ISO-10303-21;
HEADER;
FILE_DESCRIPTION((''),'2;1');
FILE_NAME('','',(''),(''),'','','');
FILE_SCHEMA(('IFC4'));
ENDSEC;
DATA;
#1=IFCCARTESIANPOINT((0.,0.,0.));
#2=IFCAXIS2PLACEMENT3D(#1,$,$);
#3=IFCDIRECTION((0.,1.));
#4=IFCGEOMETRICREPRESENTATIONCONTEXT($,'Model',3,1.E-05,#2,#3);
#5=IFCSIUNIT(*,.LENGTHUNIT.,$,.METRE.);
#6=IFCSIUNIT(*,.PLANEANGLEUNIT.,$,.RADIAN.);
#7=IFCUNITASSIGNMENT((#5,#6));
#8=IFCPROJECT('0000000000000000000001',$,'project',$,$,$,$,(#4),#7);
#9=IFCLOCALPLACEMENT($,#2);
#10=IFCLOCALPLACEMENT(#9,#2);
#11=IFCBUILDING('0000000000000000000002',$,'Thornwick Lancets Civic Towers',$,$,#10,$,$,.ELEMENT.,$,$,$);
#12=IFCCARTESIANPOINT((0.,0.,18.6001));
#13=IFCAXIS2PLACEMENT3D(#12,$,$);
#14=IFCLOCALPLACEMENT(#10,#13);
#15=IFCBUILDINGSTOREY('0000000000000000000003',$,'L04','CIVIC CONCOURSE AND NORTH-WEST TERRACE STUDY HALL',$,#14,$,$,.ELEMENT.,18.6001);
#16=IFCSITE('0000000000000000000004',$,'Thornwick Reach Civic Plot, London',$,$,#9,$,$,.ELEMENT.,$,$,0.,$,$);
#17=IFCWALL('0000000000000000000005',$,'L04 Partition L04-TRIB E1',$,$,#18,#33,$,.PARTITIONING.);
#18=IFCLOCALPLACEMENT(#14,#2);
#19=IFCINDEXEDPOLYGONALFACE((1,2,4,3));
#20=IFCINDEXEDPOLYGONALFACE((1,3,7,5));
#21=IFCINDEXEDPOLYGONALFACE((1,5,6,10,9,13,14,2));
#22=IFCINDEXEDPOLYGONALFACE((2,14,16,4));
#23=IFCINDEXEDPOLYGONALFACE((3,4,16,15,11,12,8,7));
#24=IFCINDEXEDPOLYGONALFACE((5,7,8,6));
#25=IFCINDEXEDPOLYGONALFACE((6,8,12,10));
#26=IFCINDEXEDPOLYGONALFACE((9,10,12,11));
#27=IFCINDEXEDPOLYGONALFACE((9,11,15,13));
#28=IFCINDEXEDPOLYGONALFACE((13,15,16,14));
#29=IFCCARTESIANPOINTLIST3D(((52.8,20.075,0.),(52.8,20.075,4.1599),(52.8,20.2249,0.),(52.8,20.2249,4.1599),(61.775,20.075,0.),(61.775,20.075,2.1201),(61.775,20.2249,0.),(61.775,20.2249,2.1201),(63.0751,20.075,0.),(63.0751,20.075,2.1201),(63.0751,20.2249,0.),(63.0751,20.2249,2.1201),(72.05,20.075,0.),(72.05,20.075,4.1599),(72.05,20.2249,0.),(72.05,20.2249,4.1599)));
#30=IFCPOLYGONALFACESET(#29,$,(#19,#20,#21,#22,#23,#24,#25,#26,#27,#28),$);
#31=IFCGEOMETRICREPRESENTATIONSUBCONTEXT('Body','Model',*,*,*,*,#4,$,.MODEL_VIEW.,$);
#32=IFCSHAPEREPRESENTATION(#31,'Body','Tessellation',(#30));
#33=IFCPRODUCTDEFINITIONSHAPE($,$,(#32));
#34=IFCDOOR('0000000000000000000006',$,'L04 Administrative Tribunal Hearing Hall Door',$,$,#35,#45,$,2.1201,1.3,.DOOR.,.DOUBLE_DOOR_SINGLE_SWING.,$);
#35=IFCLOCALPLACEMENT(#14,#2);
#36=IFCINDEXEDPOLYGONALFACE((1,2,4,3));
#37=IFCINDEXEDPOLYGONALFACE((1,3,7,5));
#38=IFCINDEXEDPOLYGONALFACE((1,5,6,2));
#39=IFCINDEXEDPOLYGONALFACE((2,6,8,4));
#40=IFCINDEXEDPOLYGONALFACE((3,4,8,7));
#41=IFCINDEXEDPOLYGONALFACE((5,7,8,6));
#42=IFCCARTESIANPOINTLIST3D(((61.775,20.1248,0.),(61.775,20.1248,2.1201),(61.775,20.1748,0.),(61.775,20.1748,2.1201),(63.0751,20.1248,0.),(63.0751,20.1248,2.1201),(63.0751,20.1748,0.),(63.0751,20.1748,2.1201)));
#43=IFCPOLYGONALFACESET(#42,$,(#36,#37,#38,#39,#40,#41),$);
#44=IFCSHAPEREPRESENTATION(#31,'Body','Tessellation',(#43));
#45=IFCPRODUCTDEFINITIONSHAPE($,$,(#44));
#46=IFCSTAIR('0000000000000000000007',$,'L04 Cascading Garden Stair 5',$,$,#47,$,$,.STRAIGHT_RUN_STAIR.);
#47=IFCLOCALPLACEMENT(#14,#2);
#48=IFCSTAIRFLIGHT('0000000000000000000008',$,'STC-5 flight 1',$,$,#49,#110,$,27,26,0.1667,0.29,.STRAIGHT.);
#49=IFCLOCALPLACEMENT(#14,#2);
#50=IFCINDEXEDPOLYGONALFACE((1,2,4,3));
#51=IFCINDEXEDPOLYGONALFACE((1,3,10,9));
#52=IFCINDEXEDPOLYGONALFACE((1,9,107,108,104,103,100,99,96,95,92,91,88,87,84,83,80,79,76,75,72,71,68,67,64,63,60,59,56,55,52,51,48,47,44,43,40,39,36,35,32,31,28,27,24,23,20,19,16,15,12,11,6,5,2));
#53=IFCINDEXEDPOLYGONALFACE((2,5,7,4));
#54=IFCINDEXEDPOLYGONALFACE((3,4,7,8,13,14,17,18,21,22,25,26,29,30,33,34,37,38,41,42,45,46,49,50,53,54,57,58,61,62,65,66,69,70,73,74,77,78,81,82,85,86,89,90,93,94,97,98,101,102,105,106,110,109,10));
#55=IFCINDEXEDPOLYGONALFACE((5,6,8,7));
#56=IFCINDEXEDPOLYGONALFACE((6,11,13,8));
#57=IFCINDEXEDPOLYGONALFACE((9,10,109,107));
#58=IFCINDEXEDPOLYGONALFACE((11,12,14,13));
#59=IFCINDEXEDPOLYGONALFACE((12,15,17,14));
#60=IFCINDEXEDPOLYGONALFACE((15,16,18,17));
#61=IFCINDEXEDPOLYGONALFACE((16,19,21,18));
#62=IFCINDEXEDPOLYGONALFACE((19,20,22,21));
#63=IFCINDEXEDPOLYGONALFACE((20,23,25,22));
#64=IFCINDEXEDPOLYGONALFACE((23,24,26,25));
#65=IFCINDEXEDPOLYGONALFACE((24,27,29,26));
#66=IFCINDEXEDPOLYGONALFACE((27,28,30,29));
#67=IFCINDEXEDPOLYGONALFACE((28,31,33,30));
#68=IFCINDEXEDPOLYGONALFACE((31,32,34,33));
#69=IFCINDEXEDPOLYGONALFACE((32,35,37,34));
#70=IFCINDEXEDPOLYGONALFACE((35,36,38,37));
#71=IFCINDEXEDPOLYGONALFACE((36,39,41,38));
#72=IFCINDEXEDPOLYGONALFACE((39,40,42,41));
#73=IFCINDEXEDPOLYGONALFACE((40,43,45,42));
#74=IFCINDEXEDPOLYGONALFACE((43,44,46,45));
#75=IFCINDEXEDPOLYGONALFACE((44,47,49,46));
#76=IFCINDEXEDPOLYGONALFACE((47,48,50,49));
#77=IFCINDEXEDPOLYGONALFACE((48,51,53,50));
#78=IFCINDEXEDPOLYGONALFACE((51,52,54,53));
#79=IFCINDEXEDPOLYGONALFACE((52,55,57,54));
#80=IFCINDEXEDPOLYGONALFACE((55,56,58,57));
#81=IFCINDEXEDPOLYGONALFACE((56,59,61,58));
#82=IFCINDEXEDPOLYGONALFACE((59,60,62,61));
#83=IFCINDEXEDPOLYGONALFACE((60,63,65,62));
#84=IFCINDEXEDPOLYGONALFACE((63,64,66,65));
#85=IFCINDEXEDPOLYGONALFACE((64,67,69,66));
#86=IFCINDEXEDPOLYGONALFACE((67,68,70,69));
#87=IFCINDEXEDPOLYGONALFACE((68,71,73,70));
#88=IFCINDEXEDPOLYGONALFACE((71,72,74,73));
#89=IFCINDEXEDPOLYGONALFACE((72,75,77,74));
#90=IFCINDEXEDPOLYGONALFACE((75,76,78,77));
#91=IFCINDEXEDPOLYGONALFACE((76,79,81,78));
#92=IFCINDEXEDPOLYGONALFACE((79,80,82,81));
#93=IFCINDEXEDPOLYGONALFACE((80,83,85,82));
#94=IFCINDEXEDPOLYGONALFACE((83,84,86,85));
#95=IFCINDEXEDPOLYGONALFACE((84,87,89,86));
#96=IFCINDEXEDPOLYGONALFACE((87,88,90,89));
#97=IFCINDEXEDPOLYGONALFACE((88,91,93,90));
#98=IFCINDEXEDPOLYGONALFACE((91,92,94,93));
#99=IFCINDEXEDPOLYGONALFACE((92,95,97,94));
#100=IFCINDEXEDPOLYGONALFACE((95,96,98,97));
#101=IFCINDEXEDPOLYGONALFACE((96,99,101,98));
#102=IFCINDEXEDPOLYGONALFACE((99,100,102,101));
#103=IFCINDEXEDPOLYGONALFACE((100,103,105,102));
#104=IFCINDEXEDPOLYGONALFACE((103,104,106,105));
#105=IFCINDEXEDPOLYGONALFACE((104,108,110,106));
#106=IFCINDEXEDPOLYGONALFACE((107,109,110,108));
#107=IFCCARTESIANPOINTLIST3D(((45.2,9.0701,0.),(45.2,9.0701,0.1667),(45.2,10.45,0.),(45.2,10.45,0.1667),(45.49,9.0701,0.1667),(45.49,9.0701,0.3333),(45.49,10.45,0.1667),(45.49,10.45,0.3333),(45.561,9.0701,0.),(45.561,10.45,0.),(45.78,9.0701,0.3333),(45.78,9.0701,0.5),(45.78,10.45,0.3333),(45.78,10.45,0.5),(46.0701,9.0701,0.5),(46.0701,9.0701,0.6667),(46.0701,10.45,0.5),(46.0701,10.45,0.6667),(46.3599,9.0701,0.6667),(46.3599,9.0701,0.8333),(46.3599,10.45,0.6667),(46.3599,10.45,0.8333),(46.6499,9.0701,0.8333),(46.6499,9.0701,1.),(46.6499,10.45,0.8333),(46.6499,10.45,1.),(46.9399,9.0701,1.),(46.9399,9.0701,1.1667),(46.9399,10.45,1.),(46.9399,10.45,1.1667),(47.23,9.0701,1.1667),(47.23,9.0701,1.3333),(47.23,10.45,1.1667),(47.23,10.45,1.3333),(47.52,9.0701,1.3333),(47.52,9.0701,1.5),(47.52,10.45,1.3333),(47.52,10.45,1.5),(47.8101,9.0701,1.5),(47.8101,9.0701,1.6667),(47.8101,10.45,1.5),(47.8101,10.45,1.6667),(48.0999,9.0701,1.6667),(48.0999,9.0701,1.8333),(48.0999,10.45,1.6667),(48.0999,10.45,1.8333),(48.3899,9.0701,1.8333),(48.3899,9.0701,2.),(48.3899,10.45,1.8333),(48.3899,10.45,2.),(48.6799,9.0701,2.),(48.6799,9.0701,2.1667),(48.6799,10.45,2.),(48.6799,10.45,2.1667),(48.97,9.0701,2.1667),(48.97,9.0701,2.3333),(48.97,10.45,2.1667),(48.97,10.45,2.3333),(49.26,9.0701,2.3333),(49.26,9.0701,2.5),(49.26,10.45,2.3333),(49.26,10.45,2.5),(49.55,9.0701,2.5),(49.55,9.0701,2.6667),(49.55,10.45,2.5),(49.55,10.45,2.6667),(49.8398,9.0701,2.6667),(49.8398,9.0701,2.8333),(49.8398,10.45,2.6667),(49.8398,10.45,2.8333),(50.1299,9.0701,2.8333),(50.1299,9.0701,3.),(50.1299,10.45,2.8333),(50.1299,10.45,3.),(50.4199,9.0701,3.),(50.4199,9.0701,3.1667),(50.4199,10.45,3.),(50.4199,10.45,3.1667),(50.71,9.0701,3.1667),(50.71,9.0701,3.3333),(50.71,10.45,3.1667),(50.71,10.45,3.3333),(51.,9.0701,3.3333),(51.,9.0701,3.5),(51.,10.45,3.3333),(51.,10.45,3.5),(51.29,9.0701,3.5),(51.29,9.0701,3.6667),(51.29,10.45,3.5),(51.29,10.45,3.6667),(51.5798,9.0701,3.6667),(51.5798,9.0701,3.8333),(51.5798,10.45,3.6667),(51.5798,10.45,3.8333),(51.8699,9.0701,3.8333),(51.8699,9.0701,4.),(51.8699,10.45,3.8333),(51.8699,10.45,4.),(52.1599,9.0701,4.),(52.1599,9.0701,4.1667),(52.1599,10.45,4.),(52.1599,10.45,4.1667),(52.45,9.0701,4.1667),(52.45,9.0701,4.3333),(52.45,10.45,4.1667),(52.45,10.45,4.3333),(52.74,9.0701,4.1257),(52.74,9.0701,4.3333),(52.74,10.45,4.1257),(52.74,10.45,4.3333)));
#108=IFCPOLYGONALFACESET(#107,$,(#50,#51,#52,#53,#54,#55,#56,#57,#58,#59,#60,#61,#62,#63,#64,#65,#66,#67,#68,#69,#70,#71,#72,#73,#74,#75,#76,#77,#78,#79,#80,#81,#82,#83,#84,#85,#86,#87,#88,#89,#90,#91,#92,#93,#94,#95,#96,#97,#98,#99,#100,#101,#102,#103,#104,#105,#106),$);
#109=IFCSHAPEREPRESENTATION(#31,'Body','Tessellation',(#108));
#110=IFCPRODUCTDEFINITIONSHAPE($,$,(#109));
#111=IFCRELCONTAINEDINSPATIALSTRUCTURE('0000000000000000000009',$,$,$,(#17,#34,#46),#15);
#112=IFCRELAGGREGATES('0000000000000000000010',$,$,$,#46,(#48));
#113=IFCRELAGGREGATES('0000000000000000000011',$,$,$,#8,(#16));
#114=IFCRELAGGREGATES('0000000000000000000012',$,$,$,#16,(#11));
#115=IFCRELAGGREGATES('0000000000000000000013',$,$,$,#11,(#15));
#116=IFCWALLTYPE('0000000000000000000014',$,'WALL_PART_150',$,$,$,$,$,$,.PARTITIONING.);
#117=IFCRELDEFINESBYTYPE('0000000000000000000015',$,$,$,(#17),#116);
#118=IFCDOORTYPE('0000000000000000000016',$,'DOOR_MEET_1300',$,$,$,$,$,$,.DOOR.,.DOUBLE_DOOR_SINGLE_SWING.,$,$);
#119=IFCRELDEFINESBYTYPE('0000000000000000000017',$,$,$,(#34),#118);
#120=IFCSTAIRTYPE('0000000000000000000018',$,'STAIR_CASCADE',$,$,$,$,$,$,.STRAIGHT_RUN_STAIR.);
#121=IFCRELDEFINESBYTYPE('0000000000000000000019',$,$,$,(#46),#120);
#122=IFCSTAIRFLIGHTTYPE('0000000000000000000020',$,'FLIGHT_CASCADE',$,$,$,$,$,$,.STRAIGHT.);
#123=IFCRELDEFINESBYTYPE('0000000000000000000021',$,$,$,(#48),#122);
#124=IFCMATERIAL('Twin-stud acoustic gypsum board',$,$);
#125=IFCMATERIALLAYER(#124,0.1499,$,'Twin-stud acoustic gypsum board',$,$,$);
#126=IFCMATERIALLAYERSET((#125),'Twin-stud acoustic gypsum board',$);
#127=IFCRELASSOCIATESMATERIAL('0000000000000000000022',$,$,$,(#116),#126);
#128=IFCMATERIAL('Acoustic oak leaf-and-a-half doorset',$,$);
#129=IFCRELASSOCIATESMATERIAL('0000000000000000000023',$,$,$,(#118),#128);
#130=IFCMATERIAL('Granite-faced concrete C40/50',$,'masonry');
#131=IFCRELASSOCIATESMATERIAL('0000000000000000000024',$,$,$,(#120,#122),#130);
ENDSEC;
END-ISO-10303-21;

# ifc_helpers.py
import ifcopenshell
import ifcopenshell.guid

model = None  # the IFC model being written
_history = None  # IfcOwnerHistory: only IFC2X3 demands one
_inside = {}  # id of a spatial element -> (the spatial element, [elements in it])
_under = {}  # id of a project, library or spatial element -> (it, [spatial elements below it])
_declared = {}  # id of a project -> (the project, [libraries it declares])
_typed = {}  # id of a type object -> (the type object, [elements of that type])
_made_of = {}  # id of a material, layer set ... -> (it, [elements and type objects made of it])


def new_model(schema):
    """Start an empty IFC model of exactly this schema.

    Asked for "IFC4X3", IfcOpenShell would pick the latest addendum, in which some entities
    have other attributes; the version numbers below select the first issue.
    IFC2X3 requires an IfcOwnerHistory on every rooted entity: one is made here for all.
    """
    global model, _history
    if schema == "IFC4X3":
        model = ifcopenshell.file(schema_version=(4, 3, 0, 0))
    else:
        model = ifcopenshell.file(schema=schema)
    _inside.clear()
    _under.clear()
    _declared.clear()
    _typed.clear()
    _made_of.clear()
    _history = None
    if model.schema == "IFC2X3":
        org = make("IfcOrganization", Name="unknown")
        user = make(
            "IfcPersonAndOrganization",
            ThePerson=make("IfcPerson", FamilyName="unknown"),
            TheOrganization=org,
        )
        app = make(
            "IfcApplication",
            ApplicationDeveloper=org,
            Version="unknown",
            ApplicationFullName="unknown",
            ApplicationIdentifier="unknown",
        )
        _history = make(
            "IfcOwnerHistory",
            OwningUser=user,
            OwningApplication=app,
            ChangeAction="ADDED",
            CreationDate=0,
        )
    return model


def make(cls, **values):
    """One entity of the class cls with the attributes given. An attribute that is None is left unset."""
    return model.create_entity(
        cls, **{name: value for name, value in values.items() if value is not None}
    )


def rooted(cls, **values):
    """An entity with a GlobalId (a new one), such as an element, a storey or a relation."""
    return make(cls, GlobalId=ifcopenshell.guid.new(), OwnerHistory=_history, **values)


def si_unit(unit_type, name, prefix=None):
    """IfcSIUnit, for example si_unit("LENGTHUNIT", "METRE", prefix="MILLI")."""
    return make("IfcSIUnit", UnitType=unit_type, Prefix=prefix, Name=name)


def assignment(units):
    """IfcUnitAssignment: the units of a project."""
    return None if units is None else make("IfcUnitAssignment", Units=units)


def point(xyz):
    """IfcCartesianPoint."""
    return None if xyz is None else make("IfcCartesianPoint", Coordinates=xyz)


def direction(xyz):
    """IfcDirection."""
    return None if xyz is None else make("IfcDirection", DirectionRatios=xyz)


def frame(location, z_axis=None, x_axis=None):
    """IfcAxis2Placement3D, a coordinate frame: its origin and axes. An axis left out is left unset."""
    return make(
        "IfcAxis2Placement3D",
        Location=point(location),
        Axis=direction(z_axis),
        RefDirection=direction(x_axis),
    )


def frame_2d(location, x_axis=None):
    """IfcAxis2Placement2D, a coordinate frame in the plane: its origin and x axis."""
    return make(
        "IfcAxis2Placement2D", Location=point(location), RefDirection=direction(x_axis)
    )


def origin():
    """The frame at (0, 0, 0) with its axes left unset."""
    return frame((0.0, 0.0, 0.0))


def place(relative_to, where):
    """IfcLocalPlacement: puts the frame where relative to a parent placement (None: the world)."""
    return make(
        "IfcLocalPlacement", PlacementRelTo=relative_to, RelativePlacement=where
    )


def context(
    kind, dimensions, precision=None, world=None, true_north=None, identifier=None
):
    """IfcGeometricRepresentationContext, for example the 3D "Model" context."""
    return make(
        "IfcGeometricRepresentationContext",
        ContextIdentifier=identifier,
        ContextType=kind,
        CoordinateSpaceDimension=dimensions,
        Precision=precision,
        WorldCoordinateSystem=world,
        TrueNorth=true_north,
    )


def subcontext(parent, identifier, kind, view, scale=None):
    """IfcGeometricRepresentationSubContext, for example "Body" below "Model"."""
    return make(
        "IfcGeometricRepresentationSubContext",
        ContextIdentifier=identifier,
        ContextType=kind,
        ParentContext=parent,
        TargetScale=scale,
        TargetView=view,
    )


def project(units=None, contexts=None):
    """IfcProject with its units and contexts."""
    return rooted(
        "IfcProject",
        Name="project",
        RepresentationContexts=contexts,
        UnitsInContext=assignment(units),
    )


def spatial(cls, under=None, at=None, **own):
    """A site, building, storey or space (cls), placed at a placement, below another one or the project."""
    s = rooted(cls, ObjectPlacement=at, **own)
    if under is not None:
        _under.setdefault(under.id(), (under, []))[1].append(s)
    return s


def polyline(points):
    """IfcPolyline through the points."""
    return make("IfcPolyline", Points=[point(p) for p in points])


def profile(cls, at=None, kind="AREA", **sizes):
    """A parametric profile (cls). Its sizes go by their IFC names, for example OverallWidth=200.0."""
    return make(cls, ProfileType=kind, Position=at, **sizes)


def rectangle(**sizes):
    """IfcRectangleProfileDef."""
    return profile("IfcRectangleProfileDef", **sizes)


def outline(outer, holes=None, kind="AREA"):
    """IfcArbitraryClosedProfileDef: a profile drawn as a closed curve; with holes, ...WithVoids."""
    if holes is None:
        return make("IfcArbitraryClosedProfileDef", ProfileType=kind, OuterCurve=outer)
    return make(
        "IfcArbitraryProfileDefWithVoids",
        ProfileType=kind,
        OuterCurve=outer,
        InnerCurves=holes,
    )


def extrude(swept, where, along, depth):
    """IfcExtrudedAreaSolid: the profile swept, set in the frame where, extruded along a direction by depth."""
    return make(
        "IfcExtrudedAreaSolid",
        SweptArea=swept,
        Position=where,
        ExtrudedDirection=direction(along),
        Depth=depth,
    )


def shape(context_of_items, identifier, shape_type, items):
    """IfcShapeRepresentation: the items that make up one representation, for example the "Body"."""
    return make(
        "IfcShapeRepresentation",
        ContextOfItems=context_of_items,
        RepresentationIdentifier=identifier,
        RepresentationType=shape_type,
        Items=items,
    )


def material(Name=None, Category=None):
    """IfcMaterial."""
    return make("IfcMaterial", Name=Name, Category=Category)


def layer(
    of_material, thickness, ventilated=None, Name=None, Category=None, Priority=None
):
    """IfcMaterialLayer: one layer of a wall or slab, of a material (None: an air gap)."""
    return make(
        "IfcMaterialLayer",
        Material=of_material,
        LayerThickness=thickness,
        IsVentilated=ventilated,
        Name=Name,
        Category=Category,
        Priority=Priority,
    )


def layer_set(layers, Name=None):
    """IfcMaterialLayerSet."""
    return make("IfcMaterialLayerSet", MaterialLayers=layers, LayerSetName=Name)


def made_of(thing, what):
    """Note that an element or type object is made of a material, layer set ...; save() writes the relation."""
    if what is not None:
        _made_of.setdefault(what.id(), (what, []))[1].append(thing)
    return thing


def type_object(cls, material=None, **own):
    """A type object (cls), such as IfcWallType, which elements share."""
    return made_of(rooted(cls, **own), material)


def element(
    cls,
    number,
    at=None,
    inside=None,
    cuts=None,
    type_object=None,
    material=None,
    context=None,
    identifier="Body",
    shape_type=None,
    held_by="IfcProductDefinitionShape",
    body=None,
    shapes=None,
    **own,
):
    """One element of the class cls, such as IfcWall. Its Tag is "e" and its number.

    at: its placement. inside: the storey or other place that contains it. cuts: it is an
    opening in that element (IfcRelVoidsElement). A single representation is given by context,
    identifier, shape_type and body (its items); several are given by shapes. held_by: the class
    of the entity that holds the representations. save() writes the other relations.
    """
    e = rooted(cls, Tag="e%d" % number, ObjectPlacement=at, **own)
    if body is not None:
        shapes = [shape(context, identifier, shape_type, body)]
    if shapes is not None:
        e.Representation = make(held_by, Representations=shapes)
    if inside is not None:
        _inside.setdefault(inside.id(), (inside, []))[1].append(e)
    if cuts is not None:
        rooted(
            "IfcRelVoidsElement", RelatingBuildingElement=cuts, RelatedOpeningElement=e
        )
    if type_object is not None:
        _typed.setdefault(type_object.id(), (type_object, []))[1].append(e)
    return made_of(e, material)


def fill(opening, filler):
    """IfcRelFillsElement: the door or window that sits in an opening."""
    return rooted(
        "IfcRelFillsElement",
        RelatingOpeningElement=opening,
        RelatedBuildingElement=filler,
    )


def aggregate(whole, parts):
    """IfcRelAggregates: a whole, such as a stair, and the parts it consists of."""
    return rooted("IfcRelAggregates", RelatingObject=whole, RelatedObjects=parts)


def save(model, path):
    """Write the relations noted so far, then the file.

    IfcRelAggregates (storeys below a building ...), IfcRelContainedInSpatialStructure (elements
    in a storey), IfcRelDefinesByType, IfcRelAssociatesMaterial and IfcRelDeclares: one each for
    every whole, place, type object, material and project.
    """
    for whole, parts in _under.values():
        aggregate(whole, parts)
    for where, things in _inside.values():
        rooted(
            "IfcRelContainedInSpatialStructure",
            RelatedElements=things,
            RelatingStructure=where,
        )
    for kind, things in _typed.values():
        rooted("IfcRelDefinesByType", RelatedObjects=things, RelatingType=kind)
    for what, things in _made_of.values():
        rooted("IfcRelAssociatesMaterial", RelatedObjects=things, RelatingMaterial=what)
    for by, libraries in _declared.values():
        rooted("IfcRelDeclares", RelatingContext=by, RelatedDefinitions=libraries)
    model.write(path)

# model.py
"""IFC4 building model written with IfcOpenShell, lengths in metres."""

from ifc_helpers import new_model, si_unit, direction, frame, frame_2d, origin, place, context, subcontext, project, spatial, polyline, rectangle, outline, extrude, material, layer, layer_set, type_object, element, fill, aggregate, save


model = new_model("IFC4")

# Units and contexts
model_context = context("Model", 3, precision=1e-05, world=origin(), true_north=direction((0.0, 1.0)))
body_context = subcontext(model_context, "Body", "Model", "MODEL_VIEW")
ifc_project = project(units=[si_unit("LENGTHUNIT", "METRE"), si_unit("PLANEANGLEUNIT", "RADIAN")], contexts=[model_context])

# Site, building, storey
site_placement = place(None, origin())
site = spatial("IfcSite", under=ifc_project, at=site_placement, Name="Thornwick Reach Civic Plot, London", CompositionType="ELEMENT", RefElevation=0.0)
building_placement = place(site_placement, origin())
building = spatial("IfcBuilding", under=site, at=building_placement, Name="Thornwick Lancets Civic Towers", CompositionType="ELEMENT")
storey_placement = place(building_placement, frame((0.0, 0.0, 18.6001)))
storey = spatial("IfcBuildingStorey", under=building, at=storey_placement, Name="L04", Description="CIVIC CONCOURSE AND NORTH-WEST TERRACE STUDY HALL", CompositionType="ELEMENT", Elevation=18.6001)

# Wall, opening, door
ifc_material_1 = material(Name="Twin-stud acoustic gypsum board")
ifc_layer_1 = layer(ifc_material_1, 0.1499, Name="Twin-stud acoustic gypsum board")
ifc_layer_set_1 = layer_set([ifc_layer_1], Name="Twin-stud acoustic gypsum board")
wall_type_1 = type_object("IfcWallType", Name="WALL_PART_150", PredefinedType="PARTITIONING", material=ifc_layer_set_1)
wall_1_placement = place(storey_placement, frame((52.8, 20.1499, 0.0), z_axis=(0.0, 0.0, 1.0), x_axis=(1.0, 0.0, 0.0)))
wall_1 = element("IfcWall", 1, at=wall_1_placement, inside=storey, type_object=wall_type_1, Name="L04 Partition L04-TRIB E1", PredefinedType="PARTITIONING", context=body_context, shape_type="SweptSolid", body=[
    extrude(rectangle(XDim=19.25, YDim=0.1499, at=frame_2d((9.625, 0.0))), origin(), (0.0, 0.0, 1.0), 4.1599),
])
opening_1_placement = place(wall_1_placement, frame((8.9751, 0.0, 0.0)))
opening_1 = element("IfcOpeningElement", 2, at=opening_1_placement, cuts=wall_1, PredefinedType="OPENING", context=body_context, shape_type="SweptSolid", body=[
    extrude(rectangle(XDim=1.3, YDim=2.1201, at=frame_2d((0.6499, 1.0601))), frame((0.0, 0.085, 0.0), z_axis=(0.0, -1.0, 0.0), x_axis=(1.0, 0.0, 0.0)), (0.0, 0.0, 1.0), 0.1699),
])
ifc_material_2 = material(Name="Acoustic oak leaf-and-a-half doorset")
door_type_1 = type_object("IfcDoorType", Name="DOOR_MEET_1300", OperationType="DOUBLE_DOOR_SINGLE_SWING", PredefinedType="DOOR", material=ifc_material_2)
door_1_placement = place(opening_1_placement, origin())
door_1 = element("IfcDoor", 3, at=door_1_placement, inside=storey, type_object=door_type_1, Name="L04 Administrative Tribunal Hearing Hall Door", OperationType="DOUBLE_DOOR_SINGLE_SWING", OverallHeight=2.1201, OverallWidth=1.3, PredefinedType="DOOR", context=body_context, shape_type="SweptSolid", body=[
    extrude(rectangle(XDim=1.3, YDim=2.1201, at=frame_2d((0.6499, 1.0601))), frame((0.0, 0.0249, 0.0), z_axis=(0.0, -1.0, 0.0), x_axis=(1.0, 0.0, 0.0)), (0.0, 0.0, 1.0), 0.05),
])
fill(opening_1, door_1)

# Stair, stair flight
ifc_material_3 = material(Name="Granite-faced concrete C40/50", Category="masonry")
stair_type = type_object("IfcStairType", Name="STAIR_CASCADE", PredefinedType="STRAIGHT_RUN_STAIR", material=ifc_material_3)
stair_placement = place(storey_placement, origin())
stair = element("IfcStair", 4, at=stair_placement, inside=storey, type_object=stair_type, Name="L04 Cascading Garden Stair 5", PredefinedType="STRAIGHT_RUN_STAIR")
stair_flight_type = type_object("IfcStairFlightType", Name="FLIGHT_CASCADE", PredefinedType="STRAIGHT", material=ifc_material_3)
stair_flight_placement = place(storey_placement, frame((45.2, 9.76, 0.0), z_axis=(0.0, 0.0, 1.0), x_axis=(1.0, 0.0, 0.0)))
stair_flight = element("IfcStairFlight", 5, at=stair_flight_placement, type_object=stair_flight_type, Name="STC-5 flight 1", NumberOfRisers=27, NumberOfTreads=26, PredefinedType="STRAIGHT", RiserHeight=0.1667, TreadLength=0.29, context=body_context, shape_type="SweptSolid", body=[
    extrude(outline(polyline([(0.0, 0.0), (0.0, 0.1667), (0.29, 0.1667), (0.29, 0.3333), (0.5801, 0.3333), (0.5801, 0.5), (0.8701, 0.5), (0.8701, 0.6667), (1.1599, 0.6667), (1.1599, 0.8333), (1.45, 0.8333), (1.45, 1.0), (1.74, 1.0), (1.74, 1.1667), (2.03, 1.1667), (2.03, 1.3333), (2.3201, 1.3333), (2.3201, 1.5), (2.6101, 1.5), (2.6101, 1.6667), (2.8999, 1.6667), (2.8999, 1.8333), (3.1899, 1.8333), (3.1899, 2.0), (3.48, 2.0), (3.48, 2.1667), (3.77, 2.1667), (3.77, 2.3333), (4.0601, 2.3333), (4.0601, 2.5), (4.3501, 2.5), (4.3501, 2.6667), (4.6399, 2.6667), (4.6399, 2.8333), (4.9299, 2.8333), (4.9299, 3.0), (5.22, 3.0), (5.22, 3.1667), (5.51, 3.1667), (5.51, 3.3333), (5.8, 3.3333), (5.8, 3.5), (6.0901, 3.5), (6.0901, 3.6667), (6.3799, 3.6667), (6.3799, 3.8333), (6.6699, 3.8333), (6.6699, 4.0), (6.96, 4.0), (6.96, 4.1667), (7.25, 4.1667), (7.25, 4.3333), (7.54, 4.3333), (7.54, 4.5), (7.54, 4.1257), (0.3611, 0.0), (0.0, 0.0)])), frame((0.0, 0.6899, 0.0), z_axis=(0.0, -1.0, 0.0), x_axis=(1.0, 0.0, 0.0)), (0.0, 0.0, 1.0), 1.3799),
])
aggregate(stair, [stair_flight])

save(model, "model.ifc")
